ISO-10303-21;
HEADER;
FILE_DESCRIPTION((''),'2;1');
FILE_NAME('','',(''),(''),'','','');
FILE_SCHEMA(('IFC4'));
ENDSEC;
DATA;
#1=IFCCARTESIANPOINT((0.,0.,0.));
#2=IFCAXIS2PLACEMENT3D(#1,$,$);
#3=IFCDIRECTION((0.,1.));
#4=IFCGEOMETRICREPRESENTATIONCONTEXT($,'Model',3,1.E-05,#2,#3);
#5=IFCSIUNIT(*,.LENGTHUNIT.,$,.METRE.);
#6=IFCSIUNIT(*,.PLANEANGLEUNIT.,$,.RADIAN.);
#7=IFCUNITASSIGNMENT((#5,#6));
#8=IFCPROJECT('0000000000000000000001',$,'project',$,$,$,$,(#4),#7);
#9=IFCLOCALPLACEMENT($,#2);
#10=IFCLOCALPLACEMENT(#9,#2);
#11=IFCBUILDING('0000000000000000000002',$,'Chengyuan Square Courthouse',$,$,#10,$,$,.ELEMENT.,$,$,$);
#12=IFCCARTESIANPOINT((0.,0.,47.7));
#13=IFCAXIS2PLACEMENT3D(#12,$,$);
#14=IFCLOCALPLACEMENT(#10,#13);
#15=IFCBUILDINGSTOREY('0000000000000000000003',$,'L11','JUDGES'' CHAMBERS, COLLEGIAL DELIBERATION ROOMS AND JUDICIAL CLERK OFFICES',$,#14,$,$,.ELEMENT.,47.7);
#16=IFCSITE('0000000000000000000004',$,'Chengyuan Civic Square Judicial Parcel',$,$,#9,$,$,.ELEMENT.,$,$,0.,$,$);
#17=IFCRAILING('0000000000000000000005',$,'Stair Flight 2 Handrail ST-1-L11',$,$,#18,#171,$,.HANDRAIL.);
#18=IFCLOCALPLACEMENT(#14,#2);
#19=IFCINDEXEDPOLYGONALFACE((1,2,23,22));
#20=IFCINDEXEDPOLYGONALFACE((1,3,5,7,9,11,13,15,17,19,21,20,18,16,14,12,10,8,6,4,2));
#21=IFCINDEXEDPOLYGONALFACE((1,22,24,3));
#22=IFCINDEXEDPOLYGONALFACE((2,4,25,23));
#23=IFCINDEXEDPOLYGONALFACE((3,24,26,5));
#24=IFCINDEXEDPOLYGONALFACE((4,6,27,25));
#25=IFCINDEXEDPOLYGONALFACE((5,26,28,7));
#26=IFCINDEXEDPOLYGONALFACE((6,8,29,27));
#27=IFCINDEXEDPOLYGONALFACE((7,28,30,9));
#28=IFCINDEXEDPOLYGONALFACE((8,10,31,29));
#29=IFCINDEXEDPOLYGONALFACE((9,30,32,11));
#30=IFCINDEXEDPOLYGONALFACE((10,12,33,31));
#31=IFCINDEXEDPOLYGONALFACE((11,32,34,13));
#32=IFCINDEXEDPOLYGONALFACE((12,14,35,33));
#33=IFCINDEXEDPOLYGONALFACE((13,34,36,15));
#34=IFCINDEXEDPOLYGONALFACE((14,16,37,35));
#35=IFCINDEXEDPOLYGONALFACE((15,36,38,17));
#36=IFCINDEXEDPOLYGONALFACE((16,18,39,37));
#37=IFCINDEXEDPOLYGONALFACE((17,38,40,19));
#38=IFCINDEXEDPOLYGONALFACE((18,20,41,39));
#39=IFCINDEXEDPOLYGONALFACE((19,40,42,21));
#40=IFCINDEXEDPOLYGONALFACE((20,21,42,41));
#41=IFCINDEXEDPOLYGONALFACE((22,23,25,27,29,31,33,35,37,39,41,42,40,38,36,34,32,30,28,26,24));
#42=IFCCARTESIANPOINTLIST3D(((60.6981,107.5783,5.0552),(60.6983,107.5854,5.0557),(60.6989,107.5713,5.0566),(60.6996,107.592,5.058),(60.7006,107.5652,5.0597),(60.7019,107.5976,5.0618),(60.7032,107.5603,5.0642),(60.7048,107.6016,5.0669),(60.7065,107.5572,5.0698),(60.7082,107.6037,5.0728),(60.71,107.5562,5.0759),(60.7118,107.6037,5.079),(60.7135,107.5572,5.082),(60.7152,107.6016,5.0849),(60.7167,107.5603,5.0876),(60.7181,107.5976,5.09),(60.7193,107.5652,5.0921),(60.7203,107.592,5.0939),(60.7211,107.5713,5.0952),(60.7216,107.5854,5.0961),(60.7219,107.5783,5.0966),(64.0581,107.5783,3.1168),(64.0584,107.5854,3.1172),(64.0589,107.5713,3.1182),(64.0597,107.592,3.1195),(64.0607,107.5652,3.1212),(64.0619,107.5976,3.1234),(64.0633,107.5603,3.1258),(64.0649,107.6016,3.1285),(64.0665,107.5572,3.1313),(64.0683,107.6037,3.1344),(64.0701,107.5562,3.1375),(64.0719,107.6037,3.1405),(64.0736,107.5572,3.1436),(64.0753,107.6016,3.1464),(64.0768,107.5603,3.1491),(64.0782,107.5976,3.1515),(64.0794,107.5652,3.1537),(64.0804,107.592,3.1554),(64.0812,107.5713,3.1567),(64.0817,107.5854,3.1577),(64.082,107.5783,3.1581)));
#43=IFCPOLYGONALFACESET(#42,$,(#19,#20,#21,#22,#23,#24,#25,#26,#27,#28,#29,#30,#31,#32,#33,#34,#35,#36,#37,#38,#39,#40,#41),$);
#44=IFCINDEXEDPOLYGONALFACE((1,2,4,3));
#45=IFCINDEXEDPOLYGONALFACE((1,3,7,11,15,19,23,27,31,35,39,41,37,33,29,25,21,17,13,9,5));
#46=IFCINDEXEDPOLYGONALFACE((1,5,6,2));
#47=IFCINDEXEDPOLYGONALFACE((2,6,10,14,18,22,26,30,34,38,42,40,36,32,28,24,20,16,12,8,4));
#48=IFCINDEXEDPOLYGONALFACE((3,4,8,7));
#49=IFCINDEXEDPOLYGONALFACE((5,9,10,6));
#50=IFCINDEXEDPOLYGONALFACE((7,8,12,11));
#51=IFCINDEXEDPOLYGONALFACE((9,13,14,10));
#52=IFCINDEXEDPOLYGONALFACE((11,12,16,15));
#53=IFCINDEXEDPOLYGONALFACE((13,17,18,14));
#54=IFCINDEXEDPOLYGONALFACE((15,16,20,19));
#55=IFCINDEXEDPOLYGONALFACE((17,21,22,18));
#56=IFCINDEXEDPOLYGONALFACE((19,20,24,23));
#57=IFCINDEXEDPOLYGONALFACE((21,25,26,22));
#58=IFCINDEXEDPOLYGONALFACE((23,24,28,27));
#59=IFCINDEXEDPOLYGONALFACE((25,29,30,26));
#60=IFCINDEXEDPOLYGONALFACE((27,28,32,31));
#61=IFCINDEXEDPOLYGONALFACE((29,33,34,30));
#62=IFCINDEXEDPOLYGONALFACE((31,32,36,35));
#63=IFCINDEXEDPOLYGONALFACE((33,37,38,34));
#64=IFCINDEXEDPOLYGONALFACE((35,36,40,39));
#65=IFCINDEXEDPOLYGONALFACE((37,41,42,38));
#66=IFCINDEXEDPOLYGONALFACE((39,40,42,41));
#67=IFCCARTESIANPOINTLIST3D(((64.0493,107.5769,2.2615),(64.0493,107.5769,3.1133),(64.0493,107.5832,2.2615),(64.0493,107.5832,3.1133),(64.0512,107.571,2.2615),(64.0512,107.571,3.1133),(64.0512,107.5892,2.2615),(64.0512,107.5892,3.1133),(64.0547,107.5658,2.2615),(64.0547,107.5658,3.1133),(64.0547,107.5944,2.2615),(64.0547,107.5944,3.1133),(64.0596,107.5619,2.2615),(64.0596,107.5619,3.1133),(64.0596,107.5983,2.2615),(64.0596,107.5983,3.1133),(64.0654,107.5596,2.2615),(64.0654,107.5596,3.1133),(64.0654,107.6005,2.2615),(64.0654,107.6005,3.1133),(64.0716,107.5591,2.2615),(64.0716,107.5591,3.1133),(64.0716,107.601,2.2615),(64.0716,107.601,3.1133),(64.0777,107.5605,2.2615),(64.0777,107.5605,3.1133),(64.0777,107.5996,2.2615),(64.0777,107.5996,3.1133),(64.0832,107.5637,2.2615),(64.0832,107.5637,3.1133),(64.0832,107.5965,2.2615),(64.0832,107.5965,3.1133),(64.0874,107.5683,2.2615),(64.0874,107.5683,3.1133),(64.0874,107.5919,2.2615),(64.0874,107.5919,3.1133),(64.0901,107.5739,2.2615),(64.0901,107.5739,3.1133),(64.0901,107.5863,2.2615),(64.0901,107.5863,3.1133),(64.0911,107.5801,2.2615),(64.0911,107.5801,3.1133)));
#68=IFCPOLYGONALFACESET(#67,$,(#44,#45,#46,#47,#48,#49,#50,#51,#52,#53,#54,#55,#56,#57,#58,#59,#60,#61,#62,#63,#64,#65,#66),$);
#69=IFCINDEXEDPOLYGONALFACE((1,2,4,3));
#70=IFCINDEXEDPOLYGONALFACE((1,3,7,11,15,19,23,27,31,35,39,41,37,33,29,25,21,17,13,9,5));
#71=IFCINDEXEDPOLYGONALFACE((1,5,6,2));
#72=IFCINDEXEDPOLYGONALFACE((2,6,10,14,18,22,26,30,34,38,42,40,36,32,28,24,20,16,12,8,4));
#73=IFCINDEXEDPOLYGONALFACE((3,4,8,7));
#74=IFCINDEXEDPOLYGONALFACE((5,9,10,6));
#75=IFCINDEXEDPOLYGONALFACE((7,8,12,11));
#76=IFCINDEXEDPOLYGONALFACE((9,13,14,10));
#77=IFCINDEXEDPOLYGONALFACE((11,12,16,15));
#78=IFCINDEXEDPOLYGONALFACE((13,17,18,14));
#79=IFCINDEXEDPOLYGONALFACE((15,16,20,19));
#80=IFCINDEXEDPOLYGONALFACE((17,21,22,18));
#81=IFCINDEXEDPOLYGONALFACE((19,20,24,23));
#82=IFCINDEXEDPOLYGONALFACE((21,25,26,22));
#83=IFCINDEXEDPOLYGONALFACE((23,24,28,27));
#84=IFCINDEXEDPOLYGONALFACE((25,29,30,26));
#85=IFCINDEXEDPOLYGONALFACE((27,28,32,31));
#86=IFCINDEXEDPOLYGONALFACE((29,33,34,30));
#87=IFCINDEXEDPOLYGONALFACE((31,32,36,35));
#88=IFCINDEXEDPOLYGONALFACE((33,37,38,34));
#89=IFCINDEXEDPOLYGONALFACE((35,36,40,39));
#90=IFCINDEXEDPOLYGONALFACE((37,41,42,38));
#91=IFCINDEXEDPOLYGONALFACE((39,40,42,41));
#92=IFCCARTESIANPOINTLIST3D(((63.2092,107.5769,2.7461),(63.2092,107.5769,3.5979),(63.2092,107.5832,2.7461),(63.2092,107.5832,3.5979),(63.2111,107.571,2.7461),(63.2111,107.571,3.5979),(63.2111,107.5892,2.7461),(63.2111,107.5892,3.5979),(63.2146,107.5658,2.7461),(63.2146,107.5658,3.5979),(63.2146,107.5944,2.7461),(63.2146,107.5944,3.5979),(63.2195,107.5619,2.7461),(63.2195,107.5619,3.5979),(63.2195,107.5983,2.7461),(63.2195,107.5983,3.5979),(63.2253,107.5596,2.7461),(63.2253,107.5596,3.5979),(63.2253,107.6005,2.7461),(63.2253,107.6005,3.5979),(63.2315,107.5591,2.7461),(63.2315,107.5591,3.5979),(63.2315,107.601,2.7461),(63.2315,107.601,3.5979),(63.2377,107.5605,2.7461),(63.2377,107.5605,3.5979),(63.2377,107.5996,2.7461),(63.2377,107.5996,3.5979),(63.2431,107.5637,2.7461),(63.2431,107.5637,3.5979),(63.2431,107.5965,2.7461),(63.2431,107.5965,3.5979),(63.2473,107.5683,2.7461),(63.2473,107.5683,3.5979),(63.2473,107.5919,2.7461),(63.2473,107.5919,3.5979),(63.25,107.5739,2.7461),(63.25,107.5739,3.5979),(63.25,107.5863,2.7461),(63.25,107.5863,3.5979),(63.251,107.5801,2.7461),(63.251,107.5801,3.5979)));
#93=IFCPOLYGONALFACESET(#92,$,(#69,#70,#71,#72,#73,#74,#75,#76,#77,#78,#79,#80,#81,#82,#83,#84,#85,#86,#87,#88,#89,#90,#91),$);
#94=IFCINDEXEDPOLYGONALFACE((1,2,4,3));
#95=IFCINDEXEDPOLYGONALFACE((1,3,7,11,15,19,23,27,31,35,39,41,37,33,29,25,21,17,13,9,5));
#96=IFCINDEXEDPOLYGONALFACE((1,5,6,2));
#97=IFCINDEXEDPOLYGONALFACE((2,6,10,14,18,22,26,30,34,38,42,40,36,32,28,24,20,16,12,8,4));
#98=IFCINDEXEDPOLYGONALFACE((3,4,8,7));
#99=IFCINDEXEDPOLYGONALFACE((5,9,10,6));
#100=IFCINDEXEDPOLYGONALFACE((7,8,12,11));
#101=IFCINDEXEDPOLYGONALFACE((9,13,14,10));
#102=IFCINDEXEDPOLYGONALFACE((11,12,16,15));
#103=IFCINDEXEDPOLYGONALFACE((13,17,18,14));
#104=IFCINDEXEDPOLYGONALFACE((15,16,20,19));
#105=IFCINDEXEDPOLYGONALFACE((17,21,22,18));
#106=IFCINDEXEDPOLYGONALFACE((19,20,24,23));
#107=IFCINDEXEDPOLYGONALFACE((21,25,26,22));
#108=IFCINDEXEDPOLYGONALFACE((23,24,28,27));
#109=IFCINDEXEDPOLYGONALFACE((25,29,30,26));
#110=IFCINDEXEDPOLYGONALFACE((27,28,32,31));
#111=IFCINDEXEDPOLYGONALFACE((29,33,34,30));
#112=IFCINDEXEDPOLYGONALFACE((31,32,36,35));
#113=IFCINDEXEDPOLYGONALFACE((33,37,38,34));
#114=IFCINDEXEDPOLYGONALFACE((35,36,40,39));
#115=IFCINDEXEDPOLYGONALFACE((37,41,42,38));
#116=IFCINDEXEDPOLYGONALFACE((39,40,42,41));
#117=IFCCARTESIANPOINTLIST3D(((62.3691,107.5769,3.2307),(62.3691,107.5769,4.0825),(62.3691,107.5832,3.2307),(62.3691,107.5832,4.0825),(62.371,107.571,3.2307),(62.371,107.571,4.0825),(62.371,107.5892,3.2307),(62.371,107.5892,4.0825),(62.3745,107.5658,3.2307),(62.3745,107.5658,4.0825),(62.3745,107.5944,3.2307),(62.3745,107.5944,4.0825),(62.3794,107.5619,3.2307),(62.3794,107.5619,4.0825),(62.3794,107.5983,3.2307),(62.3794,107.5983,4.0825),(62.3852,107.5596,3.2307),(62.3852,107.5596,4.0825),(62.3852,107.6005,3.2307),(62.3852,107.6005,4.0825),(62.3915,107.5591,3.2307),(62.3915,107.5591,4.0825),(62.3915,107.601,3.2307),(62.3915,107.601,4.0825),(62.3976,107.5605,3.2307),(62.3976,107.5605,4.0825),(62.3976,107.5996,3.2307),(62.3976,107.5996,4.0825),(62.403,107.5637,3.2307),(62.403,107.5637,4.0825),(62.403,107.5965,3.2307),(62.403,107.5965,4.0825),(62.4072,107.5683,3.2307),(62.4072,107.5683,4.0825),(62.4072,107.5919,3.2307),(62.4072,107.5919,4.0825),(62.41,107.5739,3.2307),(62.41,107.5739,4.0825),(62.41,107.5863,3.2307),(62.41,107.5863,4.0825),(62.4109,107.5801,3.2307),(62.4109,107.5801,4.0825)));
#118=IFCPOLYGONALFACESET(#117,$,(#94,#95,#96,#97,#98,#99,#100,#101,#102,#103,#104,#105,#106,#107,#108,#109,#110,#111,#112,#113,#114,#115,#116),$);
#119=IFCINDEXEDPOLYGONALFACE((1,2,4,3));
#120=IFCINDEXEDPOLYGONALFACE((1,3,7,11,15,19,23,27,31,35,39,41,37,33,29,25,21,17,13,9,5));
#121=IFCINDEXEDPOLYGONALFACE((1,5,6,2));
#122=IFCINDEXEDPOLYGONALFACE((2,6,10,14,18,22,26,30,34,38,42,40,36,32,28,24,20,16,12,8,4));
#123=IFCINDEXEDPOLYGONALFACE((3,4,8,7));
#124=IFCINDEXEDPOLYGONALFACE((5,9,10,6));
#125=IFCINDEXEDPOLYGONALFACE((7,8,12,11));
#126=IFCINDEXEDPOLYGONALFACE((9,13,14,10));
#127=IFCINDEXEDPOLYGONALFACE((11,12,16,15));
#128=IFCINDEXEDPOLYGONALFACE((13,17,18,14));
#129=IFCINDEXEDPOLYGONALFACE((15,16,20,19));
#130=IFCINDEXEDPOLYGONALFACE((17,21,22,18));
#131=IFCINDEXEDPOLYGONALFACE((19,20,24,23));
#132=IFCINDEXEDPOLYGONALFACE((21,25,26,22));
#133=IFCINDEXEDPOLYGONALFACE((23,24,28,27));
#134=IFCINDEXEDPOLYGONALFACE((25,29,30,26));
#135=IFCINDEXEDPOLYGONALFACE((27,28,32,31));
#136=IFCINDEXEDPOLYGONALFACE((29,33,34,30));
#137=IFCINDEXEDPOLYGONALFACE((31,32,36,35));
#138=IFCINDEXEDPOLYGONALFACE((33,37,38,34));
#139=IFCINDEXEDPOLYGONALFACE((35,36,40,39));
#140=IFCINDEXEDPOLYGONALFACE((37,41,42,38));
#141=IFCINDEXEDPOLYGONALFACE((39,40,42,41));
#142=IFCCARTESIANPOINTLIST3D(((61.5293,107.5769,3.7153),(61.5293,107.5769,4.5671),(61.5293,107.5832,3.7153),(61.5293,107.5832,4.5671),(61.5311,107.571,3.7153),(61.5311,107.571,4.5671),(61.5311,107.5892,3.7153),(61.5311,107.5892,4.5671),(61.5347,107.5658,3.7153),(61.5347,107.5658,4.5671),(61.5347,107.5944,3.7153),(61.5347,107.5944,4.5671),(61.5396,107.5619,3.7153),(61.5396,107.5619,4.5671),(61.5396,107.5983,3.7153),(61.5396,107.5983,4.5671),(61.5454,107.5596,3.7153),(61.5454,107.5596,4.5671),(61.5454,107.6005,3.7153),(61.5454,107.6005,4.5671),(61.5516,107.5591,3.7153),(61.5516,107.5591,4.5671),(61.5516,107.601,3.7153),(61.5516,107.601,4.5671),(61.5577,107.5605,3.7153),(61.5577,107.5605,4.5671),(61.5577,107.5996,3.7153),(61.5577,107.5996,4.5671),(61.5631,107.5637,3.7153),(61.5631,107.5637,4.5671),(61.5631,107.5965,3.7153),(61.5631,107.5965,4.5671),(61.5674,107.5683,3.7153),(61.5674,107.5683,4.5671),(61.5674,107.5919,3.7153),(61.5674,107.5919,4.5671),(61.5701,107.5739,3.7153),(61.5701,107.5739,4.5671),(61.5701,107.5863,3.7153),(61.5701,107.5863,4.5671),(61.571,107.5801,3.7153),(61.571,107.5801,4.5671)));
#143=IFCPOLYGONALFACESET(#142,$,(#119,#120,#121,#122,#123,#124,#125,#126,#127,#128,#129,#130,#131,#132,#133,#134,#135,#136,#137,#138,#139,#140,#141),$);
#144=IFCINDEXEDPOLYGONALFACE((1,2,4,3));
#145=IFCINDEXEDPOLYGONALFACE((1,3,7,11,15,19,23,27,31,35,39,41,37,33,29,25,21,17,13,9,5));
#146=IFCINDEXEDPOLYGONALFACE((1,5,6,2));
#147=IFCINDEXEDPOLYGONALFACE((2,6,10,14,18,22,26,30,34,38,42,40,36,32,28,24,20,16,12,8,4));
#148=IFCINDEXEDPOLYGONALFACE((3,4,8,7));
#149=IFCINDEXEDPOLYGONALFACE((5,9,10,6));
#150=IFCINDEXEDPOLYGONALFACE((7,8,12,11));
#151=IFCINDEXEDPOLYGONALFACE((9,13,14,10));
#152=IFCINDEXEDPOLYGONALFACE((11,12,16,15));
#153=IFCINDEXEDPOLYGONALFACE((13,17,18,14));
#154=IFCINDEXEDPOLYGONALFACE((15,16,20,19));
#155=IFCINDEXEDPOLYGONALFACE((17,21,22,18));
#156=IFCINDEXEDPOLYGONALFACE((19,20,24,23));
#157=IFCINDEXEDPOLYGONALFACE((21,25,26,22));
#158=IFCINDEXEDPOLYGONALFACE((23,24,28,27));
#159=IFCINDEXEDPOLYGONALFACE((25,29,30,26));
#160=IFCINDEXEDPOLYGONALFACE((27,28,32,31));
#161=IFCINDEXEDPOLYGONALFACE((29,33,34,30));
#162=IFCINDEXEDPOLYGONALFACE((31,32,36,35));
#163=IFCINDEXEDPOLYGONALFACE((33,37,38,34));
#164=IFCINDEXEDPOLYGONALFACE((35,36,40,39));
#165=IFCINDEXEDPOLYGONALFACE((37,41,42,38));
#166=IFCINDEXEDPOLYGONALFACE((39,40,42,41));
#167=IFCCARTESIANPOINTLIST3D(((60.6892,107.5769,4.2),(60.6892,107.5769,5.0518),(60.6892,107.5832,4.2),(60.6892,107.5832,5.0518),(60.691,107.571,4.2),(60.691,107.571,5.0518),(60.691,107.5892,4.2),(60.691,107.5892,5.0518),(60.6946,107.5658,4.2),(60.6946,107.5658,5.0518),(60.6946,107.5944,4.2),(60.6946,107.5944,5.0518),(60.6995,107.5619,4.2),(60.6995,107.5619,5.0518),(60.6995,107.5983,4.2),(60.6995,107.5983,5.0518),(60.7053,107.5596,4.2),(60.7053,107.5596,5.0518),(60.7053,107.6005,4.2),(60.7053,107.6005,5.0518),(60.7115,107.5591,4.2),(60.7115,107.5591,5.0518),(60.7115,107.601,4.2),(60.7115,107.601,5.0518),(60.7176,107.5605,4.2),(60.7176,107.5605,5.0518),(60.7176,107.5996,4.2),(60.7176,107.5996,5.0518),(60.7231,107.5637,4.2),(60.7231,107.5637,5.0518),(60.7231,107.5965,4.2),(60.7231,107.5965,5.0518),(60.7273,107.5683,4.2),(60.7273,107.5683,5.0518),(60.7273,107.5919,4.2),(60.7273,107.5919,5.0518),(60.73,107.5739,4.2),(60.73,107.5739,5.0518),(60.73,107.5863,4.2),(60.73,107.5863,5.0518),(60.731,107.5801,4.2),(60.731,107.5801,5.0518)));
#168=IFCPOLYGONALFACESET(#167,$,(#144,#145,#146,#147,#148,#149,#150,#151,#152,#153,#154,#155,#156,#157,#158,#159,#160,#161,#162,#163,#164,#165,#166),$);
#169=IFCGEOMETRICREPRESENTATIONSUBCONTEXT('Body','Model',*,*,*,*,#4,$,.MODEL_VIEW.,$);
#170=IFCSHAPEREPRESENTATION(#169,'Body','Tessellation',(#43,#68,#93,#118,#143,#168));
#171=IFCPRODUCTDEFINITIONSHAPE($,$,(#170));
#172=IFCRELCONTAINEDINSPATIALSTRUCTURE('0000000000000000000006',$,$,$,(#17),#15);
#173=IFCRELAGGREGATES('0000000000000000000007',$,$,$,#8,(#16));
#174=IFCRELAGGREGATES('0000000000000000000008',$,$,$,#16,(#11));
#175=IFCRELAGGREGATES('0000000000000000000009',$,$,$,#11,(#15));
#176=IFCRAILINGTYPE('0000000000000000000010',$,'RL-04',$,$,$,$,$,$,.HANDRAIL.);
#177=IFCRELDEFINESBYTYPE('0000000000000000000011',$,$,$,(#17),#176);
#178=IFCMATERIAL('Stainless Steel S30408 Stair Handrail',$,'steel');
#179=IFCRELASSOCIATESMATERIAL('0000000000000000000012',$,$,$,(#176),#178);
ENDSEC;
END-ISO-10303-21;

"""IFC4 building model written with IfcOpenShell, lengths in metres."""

from ifc_helpers import new_model, si_unit, direction, frame, origin, origin_2d, place, context, subcontext, project, spatial, circle, extrude, material, type_object, element, save


model = new_model("IFC4")

# Units and contexts
model_context = context("Model", 3, precision=1e-05, world=origin(), true_north=direction((0.0, 1.0)))
body_context = subcontext(model_context, "Body", "Model", "MODEL_VIEW")
ifc_project = project(units=[si_unit("LENGTHUNIT", "METRE"), si_unit("PLANEANGLEUNIT", "RADIAN")], contexts=[model_context])

# Site, building, storey
site_placement = place(None, origin())
site = spatial("IfcSite", under=ifc_project, at=site_placement, Name="Chengyuan Civic Square Judicial Parcel", CompositionType="ELEMENT", RefElevation=0.0)
building_placement = place(site_placement, origin())
building = spatial("IfcBuilding", under=site, at=building_placement, Name="Chengyuan Square Courthouse", CompositionType="ELEMENT")
storey_placement = place(building_placement, frame((0.0, 0.0, 47.7)))
storey = spatial("IfcBuildingStorey", under=building, at=storey_placement, Name="L11", Description="JUDGES' CHAMBERS, COLLEGIAL DELIBERATION ROOMS AND JUDICIAL CLERK OFFICES", CompositionType="ELEMENT", Elevation=47.7)

# Railing
ifc_material_1 = material(Name="Stainless Steel S30408 Stair Handrail", Category="steel")
railing_type_1 = type_object("IfcRailingType", Name="RL-04", PredefinedType="HANDRAIL", material=ifc_material_1)
for number, where, name in (
    (1, (64.0701, 107.5801, 2.2615), "Stair Flight 2 Handrail ST-1-L11"),
):
    element("IfcRailing", number, at=place(storey_placement, frame(where)), inside=storey, type_object=railing_type_1, Name=name, PredefinedType="HANDRAIL", context=body_context, shape_type="SweptSolid", body=[
        extrude(circle(Radius=0.0239, at=origin_2d()), frame((0.0, 0.0, 0.876), z_axis=(-0.866191, 0.0, 0.499713), x_axis=(0.0, -1.0, 0.0)), (0.0, 0.0, 1.0), 3.8792),
        extrude(circle(Radius=0.021, at=origin_2d()), origin(), (0.0, 0.0, 1.0), 0.8518),
        extrude(circle(Radius=0.021, at=origin_2d()), frame((-0.8401, 0.0, 0.4846)), (0.0, 0.0, 1.0), 0.8518),
        extrude(circle(Radius=0.021, at=origin_2d()), frame((-1.6802, 0.0, 0.9692)), (0.0, 0.0, 1.0), 0.8518),
        extrude(circle(Radius=0.021, at=origin_2d()), frame((-2.52, 0.0, 1.4539)), (0.0, 0.0, 1.0), 0.8518),
        extrude(circle(Radius=0.021, at=origin_2d()), frame((-3.3601, 0.0, 1.9385)), (0.0, 0.0, 1.0), 0.8518),
    ])

save(model, "model.ifc")
